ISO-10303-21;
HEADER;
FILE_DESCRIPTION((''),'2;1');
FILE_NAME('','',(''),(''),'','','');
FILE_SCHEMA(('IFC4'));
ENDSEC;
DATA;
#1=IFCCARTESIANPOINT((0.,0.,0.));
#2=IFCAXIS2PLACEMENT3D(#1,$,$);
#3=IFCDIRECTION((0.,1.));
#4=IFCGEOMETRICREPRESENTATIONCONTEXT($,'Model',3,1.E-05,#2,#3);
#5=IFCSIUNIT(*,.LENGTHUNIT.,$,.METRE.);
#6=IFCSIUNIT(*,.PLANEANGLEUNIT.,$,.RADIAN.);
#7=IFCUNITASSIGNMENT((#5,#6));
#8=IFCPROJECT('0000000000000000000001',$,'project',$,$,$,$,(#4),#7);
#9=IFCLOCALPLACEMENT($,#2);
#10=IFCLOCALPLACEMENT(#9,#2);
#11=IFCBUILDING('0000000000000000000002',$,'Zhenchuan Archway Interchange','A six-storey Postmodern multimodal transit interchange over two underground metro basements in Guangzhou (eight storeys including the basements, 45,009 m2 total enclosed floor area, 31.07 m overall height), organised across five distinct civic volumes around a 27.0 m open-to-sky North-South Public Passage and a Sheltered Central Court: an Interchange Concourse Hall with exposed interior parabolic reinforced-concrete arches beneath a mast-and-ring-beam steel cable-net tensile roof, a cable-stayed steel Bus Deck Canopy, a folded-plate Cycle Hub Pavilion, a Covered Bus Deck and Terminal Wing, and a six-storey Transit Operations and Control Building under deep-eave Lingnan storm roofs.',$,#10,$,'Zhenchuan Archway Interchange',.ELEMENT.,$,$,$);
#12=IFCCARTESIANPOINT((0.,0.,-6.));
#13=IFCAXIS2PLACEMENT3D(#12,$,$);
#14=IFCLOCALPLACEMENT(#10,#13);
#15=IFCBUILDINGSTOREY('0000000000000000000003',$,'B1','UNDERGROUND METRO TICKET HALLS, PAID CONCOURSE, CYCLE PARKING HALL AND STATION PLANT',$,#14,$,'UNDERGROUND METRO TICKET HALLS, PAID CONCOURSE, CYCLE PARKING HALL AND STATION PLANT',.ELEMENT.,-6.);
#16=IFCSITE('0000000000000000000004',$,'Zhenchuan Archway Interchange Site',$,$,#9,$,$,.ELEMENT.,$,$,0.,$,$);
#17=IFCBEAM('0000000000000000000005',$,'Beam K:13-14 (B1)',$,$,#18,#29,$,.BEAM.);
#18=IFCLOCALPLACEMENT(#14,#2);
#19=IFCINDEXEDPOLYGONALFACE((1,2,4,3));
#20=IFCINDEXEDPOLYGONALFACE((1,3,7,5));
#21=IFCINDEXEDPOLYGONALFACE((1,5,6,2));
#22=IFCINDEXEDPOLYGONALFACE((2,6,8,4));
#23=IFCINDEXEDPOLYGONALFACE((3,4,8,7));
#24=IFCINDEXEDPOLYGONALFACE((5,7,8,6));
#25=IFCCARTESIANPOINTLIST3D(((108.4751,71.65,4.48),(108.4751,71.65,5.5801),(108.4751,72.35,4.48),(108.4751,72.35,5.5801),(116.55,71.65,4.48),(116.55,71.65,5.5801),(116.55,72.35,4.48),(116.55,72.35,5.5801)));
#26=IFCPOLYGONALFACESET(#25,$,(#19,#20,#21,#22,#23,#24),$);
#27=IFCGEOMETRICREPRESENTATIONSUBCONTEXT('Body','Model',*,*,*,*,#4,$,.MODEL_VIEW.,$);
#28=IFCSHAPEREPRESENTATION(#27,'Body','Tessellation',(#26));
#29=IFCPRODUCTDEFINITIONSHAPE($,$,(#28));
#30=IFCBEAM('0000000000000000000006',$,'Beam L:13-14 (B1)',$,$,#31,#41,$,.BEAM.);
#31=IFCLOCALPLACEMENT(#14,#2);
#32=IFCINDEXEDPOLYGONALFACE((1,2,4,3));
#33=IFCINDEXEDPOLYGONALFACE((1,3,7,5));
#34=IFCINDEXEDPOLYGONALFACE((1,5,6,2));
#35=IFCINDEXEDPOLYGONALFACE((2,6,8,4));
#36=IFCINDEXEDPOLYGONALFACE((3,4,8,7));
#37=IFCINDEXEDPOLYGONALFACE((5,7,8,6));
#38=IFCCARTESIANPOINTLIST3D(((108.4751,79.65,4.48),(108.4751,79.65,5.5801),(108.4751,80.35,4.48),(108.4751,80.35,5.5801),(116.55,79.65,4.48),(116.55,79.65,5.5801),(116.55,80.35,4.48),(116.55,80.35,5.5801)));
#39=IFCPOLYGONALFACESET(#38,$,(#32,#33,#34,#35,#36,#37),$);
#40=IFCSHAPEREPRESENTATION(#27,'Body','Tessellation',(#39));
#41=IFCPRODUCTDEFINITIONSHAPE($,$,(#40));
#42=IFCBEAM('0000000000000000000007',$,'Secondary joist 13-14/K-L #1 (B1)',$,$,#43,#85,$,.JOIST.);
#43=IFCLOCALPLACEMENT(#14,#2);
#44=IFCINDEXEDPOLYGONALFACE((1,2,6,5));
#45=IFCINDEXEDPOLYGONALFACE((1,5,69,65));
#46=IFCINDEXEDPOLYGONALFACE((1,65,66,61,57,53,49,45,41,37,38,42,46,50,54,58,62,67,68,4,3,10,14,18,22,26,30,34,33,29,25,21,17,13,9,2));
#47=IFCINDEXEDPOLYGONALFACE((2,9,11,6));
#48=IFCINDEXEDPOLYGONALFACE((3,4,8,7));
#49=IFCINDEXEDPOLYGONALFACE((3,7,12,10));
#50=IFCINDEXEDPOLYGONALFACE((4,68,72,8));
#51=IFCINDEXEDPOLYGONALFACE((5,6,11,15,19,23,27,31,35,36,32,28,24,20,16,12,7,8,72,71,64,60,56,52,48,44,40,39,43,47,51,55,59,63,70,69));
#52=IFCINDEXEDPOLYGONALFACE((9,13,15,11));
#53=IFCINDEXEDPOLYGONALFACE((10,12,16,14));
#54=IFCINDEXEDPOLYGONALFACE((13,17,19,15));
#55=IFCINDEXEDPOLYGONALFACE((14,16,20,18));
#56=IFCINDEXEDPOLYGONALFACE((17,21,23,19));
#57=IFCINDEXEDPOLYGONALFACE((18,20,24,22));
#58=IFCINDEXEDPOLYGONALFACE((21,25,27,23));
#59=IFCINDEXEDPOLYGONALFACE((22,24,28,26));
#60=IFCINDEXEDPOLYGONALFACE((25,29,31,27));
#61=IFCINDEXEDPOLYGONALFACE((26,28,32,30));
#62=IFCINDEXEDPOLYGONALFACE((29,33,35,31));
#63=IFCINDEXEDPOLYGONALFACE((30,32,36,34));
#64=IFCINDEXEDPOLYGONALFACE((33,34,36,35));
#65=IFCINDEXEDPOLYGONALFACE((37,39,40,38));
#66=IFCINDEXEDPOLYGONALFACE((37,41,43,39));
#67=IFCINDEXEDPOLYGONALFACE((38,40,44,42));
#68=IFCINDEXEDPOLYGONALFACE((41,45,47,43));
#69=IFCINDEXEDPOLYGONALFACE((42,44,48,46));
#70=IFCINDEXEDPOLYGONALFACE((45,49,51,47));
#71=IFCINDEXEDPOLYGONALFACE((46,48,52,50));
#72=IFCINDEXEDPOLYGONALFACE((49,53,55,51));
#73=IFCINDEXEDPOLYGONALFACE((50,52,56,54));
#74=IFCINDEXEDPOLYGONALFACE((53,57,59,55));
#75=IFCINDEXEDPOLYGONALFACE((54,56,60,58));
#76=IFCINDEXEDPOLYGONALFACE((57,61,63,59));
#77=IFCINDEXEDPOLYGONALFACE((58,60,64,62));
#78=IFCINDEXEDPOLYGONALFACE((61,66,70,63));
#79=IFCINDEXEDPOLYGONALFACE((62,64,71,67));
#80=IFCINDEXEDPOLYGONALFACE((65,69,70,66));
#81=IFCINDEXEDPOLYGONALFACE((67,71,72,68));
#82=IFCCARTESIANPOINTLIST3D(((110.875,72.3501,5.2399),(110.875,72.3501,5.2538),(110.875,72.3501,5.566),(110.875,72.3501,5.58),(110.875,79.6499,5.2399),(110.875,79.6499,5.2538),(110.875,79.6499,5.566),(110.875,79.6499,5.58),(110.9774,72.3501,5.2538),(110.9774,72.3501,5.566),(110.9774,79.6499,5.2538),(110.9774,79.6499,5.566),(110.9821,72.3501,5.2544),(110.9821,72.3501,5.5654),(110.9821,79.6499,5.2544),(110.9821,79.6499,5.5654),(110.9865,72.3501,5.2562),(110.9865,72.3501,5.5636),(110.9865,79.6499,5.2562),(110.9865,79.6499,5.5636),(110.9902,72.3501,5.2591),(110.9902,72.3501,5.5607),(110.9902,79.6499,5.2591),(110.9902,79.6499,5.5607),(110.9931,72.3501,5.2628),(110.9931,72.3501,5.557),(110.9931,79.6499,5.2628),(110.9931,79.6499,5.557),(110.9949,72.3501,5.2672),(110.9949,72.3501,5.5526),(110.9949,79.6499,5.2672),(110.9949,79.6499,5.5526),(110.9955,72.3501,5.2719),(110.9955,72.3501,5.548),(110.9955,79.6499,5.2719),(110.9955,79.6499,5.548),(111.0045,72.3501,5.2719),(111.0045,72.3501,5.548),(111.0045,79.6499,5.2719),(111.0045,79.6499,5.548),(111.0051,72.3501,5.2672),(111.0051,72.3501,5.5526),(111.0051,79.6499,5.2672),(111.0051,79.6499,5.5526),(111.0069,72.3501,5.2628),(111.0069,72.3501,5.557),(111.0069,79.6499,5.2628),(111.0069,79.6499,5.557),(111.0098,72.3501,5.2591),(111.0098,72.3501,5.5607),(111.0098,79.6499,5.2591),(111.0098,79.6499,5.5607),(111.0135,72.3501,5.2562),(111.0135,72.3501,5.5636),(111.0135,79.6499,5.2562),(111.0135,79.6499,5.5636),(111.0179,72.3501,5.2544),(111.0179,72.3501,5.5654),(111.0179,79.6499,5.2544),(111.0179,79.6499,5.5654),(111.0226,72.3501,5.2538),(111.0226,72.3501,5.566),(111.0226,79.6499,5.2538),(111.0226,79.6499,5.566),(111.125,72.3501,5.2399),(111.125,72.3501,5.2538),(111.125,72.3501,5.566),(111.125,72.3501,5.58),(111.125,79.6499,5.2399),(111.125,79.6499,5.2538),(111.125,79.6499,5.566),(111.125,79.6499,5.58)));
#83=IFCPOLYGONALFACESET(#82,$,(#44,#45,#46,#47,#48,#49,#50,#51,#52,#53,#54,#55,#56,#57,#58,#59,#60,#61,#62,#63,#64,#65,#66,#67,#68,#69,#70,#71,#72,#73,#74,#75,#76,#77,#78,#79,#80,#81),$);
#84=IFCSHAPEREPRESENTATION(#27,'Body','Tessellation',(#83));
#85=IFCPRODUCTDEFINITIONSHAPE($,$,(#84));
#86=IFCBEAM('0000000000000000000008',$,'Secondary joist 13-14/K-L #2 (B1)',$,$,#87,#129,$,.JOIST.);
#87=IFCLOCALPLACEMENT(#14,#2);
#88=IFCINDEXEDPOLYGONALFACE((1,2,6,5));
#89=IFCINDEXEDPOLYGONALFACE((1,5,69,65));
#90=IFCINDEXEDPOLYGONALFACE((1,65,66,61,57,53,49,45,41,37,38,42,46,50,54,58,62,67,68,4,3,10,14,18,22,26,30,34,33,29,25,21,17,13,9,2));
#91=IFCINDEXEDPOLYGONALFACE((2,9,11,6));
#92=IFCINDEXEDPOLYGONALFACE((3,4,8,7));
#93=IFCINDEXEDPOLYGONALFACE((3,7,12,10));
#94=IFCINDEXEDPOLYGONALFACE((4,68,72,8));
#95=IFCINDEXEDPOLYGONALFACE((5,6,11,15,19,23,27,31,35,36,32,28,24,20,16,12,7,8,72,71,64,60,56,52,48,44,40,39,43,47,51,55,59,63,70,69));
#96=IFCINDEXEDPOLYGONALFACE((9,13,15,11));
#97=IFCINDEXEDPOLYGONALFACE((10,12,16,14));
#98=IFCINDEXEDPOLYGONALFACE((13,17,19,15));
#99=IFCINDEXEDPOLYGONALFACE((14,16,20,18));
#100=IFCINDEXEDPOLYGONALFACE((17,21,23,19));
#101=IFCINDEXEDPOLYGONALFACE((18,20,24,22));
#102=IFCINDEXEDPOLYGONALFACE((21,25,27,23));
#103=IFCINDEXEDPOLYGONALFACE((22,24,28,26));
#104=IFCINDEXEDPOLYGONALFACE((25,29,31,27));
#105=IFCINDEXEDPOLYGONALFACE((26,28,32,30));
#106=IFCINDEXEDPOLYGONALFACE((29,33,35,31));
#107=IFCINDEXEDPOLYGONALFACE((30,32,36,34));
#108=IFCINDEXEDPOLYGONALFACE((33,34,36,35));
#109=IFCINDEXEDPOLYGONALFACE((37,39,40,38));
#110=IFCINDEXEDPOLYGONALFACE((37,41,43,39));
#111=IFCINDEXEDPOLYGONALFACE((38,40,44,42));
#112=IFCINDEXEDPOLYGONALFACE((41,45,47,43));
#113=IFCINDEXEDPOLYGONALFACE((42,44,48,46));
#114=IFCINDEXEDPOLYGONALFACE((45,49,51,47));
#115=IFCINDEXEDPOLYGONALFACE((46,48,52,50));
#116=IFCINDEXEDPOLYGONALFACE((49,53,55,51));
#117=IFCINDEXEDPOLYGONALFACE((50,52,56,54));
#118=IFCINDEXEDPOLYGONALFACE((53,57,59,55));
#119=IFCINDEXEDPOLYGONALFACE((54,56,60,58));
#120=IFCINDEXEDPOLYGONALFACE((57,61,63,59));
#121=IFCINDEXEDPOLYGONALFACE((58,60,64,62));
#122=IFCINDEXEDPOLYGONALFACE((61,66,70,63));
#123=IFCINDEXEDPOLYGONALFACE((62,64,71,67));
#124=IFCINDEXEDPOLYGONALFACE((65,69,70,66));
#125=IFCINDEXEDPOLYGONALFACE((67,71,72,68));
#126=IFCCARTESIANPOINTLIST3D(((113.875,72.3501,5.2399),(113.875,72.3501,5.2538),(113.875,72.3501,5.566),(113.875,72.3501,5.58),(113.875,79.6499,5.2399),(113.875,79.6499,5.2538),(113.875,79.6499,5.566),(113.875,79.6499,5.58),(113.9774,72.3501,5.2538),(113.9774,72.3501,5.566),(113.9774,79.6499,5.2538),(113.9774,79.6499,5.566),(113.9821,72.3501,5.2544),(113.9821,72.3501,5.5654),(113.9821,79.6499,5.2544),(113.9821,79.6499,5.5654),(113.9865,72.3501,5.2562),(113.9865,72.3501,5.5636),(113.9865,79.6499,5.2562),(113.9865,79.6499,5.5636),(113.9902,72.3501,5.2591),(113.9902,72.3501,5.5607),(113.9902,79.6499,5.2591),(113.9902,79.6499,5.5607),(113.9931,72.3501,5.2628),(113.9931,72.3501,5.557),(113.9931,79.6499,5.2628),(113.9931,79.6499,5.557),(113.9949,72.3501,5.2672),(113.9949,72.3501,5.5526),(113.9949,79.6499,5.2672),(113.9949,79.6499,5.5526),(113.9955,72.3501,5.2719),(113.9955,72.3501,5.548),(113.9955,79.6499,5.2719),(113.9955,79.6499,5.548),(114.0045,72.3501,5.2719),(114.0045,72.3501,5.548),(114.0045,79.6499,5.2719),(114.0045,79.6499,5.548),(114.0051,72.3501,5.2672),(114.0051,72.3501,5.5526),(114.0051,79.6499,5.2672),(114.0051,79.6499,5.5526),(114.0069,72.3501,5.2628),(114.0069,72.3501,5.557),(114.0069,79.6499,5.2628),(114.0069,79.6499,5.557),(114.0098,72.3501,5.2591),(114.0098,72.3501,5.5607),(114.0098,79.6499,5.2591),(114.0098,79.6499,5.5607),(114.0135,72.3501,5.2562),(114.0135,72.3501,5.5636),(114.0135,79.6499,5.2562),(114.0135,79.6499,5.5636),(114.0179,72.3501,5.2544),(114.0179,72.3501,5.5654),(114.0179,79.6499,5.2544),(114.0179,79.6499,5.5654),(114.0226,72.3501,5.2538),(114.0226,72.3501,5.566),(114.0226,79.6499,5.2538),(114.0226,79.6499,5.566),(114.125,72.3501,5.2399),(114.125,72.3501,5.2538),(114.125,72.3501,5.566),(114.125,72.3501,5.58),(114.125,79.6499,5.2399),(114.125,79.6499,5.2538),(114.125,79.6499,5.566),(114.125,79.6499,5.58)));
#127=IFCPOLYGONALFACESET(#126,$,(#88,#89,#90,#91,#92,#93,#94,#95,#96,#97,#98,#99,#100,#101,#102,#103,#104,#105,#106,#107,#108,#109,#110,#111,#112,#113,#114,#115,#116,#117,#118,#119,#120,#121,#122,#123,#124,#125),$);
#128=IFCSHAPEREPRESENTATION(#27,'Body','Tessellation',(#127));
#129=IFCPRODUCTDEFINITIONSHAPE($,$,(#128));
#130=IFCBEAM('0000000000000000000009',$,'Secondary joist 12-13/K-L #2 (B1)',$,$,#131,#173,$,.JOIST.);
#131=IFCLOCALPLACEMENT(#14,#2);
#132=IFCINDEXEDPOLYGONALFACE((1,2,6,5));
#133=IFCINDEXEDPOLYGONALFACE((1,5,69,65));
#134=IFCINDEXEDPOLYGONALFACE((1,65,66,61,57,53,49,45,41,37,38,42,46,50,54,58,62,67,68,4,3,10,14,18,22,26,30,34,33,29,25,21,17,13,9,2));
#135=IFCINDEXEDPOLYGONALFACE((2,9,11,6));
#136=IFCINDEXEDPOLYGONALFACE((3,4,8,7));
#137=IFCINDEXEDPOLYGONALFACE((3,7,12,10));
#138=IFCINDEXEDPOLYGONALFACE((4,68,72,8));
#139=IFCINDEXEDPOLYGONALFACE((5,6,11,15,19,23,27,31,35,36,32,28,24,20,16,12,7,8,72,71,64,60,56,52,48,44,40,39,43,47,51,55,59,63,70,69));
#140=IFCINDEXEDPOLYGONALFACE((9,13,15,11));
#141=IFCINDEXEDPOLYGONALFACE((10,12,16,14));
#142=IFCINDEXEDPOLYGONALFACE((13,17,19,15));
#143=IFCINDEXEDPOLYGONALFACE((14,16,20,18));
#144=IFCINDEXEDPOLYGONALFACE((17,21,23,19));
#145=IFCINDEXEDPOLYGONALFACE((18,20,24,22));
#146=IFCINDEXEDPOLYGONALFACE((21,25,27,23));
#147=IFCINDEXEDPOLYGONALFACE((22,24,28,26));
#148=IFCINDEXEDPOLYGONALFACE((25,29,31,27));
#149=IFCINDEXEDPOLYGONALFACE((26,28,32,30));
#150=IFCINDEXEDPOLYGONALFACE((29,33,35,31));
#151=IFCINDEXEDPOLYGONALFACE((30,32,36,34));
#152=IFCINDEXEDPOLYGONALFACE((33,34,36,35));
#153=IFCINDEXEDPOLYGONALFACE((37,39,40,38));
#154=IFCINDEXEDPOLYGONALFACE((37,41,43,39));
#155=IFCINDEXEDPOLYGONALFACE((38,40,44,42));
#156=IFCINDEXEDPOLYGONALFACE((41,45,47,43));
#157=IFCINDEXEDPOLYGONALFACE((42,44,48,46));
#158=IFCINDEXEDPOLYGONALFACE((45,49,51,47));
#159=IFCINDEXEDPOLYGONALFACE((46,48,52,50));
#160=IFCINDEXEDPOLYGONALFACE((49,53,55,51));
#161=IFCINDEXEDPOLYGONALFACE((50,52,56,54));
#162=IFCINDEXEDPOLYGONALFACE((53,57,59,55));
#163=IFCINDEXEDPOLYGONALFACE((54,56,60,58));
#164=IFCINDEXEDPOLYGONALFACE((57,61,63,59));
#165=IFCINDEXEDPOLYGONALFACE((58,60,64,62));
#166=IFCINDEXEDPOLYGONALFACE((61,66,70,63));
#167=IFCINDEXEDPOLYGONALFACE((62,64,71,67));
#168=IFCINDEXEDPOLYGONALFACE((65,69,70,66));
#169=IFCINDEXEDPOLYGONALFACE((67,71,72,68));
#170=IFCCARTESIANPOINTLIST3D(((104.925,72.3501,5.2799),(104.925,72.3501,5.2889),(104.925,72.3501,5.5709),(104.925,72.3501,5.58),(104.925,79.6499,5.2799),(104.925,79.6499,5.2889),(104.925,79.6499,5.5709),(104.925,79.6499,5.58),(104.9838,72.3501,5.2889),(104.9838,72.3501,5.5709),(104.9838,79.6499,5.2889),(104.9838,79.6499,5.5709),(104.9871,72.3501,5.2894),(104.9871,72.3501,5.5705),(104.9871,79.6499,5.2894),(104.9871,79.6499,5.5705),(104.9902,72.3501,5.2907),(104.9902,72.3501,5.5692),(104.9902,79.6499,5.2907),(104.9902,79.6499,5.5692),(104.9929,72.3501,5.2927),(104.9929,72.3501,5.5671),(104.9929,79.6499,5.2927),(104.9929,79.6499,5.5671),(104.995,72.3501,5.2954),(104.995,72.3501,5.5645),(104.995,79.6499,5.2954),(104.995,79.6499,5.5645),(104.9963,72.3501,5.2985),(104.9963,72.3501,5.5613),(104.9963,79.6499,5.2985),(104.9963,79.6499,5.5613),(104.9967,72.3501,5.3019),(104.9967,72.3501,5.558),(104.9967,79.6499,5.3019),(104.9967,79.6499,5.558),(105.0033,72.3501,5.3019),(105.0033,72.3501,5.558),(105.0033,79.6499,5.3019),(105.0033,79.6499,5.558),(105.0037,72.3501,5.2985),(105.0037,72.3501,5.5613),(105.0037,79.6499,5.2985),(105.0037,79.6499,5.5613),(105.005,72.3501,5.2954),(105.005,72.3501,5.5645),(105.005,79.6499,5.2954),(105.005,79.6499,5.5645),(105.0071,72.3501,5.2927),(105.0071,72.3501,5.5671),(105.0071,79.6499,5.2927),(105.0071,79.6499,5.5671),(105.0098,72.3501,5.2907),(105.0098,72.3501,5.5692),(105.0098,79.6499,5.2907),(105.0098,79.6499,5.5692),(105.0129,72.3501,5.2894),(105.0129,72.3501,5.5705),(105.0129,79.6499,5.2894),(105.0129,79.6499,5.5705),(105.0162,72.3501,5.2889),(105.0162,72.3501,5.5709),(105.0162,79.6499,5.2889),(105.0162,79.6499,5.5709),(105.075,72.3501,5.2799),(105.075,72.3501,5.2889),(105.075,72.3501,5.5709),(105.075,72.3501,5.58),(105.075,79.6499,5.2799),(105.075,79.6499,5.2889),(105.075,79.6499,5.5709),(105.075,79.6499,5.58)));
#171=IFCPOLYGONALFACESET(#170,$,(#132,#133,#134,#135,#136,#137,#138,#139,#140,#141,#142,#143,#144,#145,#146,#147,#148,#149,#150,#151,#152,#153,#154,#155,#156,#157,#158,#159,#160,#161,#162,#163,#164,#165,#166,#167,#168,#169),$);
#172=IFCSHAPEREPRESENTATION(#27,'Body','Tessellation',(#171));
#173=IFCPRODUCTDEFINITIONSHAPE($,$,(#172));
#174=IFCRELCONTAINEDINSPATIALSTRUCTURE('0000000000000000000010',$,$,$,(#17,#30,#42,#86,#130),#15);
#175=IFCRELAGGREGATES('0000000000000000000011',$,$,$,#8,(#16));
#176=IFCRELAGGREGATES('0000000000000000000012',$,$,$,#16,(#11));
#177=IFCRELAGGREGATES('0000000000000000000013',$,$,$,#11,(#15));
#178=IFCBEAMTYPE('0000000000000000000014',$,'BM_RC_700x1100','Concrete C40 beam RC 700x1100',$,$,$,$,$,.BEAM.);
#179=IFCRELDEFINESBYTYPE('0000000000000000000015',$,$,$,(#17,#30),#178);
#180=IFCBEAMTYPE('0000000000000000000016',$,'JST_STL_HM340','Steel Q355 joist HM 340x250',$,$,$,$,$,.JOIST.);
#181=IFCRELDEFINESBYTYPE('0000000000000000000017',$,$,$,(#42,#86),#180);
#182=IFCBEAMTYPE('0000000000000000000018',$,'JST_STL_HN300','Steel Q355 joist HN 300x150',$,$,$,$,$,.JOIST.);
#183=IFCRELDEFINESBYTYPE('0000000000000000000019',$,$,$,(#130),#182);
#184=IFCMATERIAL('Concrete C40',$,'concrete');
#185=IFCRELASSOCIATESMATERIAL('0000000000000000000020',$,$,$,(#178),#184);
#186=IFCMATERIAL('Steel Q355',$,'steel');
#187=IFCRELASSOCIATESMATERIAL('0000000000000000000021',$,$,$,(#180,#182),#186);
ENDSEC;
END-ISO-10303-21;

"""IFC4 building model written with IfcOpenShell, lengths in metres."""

from ifc_helpers import new_model, si_unit, direction, frame, origin, origin_2d, place, context, subcontext, project, spatial, rectangle, i_section, extrude, material, material_profile, profile_set, type_object, element, save


model = new_model("IFC4")

# Units and contexts
model_context = context("Model", 3, precision=1e-05, world=origin(), true_north=direction((0.0, 1.0)))
body_context = subcontext(model_context, "Body", "Model", "MODEL_VIEW")
ifc_project = project(units=[si_unit("LENGTHUNIT", "METRE"), si_unit("PLANEANGLEUNIT", "RADIAN")], contexts=[model_context])

# Site, building, storey
site_placement = place(None, origin())
site = spatial("IfcSite", under=ifc_project, at=site_placement, Name="Zhenchuan Archway Interchange Site", CompositionType="ELEMENT", RefElevation=0.0)
building_placement = place(site_placement, origin())
building = spatial("IfcBuilding", under=site, at=building_placement, Name="Zhenchuan Archway Interchange", Description="A six-storey Postmodern multimodal transit interchange over two underground metro basements in Guangzhou (eight storeys including the basements, 45,009 m2 total enclosed floor area, 31.07 m overall height), organised across five distinct civic volumes around a 27.0 m open-to-sky North-South Public Passage and a Sheltered Central Court: an Interchange Concourse Hall with exposed interior parabolic reinforced-concrete arches beneath a mast-and-ring-beam steel cable-net tensile roof, a cable-stayed steel Bus Deck Canopy, a folded-plate Cycle Hub Pavilion, a Covered Bus Deck and Terminal Wing, and a six-storey Transit Operations and Control Building under deep-eave Lingnan storm roofs.", LongName="Zhenchuan Archway Interchange", CompositionType="ELEMENT")
storey_placement = place(building_placement, frame((0.0, 0.0, -6.0)))
storey = spatial("IfcBuildingStorey", under=building, at=storey_placement, Name="B1", Description="UNDERGROUND METRO TICKET HALLS, PAID CONCOURSE, CYCLE PARKING HALL AND STATION PLANT", LongName="UNDERGROUND METRO TICKET HALLS, PAID CONCOURSE, CYCLE PARKING HALL AND STATION PLANT", CompositionType="ELEMENT", Elevation=-6.0)

# Beams
ifc_material_1 = material(Name="Concrete C40", Category="concrete")
ifc_material_profile_1 = material_profile(ifc_material_1, rectangle(XDim=0.7, YDim=1.1001, at=origin_2d()), Name="RC 700x1100")
ifc_profile_set_1 = profile_set([ifc_material_profile_1], Name="Concrete C40")
beam_type_1 = type_object("IfcBeamType", Name="BM_RC_700x1100", Description="Concrete C40 beam RC 700x1100", PredefinedType="BEAM", material=ifc_profile_set_1)
for number, where, z_axis, x_axis, name in (
    (1, (108.4751, 72.0, 5.03), (1.0, 0.0, 0.0), (0.0, 1.0, 0.0), "Beam K:13-14 (B1)"),
    (2, (108.4751, 80.0, 5.03), (1.0, 0.0, 0.0), (0.0, 1.0, 0.0), "Beam L:13-14 (B1)"),
):
    element("IfcBeam", number, at=place(storey_placement, frame(where, z_axis=z_axis, x_axis=x_axis)), inside=storey, type_object=beam_type_1, Name=name, PredefinedType="BEAM", context=body_context, shape_type="SweptSolid", body=[
        extrude(rectangle(XDim=0.7, YDim=1.1001, at=origin_2d()), origin(), (0.0, 0.0, 1.0), 8.075),
    ])
ifc_material_2 = material(Name="Steel Q355", Category="steel")
ifc_material_profile_2 = material_profile(ifc_material_2, i_section(OverallWidth=0.25, OverallDepth=0.3401, WebThickness=0.009, FlangeThickness=0.0139, FilletRadius=0.0181, at=origin_2d()), Name="HM 340x250")
ifc_profile_set_2 = profile_set([ifc_material_profile_2], Name="Steel Q355")
beam_type_2 = type_object("IfcBeamType", Name="JST_STL_HM340", Description="Steel Q355 joist HM 340x250", PredefinedType="JOIST", material=ifc_profile_set_2)
for number, where, z_axis, x_axis, name in (
    (3, (111.0, 72.3501, 5.4099), (0.0, 1.0, 0.0), (-1.0, 0.0, 0.0), "Secondary joist 13-14/K-L #1 (B1)"),
    (4, (114.0, 72.3501, 5.4099), (0.0, 1.0, 0.0), (-1.0, 0.0, 0.0), "Secondary joist 13-14/K-L #2 (B1)"),
):
    element("IfcBeam", number, at=place(storey_placement, frame(where, z_axis=z_axis, x_axis=x_axis)), inside=storey, type_object=beam_type_2, Name=name, PredefinedType="JOIST", context=body_context, shape_type="SweptSolid", body=[
        extrude(i_section(OverallWidth=0.25, OverallDepth=0.3401, WebThickness=0.009, FlangeThickness=0.0139, FilletRadius=0.0181, at=origin_2d()), origin(), (0.0, 0.0, 1.0), 7.2998),
    ])
ifc_material_profile_3 = material_profile(ifc_material_2, i_section(OverallWidth=0.1499, OverallDepth=0.3, WebThickness=0.0066, FlangeThickness=0.009, FilletRadius=0.0129, at=origin_2d()), Name="HN 300x150")
ifc_profile_set_3 = profile_set([ifc_material_profile_3], Name="Steel Q355")
beam_type_3 = type_object("IfcBeamType", Name="JST_STL_HN300", Description="Steel Q355 joist HN 300x150", PredefinedType="JOIST", material=ifc_profile_set_3)
for number, where, z_axis, x_axis, name in (
    (5, (105.0, 72.3501, 5.4299), (0.0, 1.0, 0.0), (-1.0, 0.0, 0.0), "Secondary joist 12-13/K-L #2 (B1)"),
):
    element("IfcBeam", number, at=place(storey_placement, frame(where, z_axis=z_axis, x_axis=x_axis)), inside=storey, type_object=beam_type_3, Name=name, PredefinedType="JOIST", context=body_context, shape_type="SweptSolid", body=[
        extrude(i_section(OverallWidth=0.1499, OverallDepth=0.3, WebThickness=0.0066, FlangeThickness=0.009, FilletRadius=0.0129, at=origin_2d()), origin(), (0.0, 0.0, 1.0), 7.2998),
    ])

save(model, "model.ifc")
